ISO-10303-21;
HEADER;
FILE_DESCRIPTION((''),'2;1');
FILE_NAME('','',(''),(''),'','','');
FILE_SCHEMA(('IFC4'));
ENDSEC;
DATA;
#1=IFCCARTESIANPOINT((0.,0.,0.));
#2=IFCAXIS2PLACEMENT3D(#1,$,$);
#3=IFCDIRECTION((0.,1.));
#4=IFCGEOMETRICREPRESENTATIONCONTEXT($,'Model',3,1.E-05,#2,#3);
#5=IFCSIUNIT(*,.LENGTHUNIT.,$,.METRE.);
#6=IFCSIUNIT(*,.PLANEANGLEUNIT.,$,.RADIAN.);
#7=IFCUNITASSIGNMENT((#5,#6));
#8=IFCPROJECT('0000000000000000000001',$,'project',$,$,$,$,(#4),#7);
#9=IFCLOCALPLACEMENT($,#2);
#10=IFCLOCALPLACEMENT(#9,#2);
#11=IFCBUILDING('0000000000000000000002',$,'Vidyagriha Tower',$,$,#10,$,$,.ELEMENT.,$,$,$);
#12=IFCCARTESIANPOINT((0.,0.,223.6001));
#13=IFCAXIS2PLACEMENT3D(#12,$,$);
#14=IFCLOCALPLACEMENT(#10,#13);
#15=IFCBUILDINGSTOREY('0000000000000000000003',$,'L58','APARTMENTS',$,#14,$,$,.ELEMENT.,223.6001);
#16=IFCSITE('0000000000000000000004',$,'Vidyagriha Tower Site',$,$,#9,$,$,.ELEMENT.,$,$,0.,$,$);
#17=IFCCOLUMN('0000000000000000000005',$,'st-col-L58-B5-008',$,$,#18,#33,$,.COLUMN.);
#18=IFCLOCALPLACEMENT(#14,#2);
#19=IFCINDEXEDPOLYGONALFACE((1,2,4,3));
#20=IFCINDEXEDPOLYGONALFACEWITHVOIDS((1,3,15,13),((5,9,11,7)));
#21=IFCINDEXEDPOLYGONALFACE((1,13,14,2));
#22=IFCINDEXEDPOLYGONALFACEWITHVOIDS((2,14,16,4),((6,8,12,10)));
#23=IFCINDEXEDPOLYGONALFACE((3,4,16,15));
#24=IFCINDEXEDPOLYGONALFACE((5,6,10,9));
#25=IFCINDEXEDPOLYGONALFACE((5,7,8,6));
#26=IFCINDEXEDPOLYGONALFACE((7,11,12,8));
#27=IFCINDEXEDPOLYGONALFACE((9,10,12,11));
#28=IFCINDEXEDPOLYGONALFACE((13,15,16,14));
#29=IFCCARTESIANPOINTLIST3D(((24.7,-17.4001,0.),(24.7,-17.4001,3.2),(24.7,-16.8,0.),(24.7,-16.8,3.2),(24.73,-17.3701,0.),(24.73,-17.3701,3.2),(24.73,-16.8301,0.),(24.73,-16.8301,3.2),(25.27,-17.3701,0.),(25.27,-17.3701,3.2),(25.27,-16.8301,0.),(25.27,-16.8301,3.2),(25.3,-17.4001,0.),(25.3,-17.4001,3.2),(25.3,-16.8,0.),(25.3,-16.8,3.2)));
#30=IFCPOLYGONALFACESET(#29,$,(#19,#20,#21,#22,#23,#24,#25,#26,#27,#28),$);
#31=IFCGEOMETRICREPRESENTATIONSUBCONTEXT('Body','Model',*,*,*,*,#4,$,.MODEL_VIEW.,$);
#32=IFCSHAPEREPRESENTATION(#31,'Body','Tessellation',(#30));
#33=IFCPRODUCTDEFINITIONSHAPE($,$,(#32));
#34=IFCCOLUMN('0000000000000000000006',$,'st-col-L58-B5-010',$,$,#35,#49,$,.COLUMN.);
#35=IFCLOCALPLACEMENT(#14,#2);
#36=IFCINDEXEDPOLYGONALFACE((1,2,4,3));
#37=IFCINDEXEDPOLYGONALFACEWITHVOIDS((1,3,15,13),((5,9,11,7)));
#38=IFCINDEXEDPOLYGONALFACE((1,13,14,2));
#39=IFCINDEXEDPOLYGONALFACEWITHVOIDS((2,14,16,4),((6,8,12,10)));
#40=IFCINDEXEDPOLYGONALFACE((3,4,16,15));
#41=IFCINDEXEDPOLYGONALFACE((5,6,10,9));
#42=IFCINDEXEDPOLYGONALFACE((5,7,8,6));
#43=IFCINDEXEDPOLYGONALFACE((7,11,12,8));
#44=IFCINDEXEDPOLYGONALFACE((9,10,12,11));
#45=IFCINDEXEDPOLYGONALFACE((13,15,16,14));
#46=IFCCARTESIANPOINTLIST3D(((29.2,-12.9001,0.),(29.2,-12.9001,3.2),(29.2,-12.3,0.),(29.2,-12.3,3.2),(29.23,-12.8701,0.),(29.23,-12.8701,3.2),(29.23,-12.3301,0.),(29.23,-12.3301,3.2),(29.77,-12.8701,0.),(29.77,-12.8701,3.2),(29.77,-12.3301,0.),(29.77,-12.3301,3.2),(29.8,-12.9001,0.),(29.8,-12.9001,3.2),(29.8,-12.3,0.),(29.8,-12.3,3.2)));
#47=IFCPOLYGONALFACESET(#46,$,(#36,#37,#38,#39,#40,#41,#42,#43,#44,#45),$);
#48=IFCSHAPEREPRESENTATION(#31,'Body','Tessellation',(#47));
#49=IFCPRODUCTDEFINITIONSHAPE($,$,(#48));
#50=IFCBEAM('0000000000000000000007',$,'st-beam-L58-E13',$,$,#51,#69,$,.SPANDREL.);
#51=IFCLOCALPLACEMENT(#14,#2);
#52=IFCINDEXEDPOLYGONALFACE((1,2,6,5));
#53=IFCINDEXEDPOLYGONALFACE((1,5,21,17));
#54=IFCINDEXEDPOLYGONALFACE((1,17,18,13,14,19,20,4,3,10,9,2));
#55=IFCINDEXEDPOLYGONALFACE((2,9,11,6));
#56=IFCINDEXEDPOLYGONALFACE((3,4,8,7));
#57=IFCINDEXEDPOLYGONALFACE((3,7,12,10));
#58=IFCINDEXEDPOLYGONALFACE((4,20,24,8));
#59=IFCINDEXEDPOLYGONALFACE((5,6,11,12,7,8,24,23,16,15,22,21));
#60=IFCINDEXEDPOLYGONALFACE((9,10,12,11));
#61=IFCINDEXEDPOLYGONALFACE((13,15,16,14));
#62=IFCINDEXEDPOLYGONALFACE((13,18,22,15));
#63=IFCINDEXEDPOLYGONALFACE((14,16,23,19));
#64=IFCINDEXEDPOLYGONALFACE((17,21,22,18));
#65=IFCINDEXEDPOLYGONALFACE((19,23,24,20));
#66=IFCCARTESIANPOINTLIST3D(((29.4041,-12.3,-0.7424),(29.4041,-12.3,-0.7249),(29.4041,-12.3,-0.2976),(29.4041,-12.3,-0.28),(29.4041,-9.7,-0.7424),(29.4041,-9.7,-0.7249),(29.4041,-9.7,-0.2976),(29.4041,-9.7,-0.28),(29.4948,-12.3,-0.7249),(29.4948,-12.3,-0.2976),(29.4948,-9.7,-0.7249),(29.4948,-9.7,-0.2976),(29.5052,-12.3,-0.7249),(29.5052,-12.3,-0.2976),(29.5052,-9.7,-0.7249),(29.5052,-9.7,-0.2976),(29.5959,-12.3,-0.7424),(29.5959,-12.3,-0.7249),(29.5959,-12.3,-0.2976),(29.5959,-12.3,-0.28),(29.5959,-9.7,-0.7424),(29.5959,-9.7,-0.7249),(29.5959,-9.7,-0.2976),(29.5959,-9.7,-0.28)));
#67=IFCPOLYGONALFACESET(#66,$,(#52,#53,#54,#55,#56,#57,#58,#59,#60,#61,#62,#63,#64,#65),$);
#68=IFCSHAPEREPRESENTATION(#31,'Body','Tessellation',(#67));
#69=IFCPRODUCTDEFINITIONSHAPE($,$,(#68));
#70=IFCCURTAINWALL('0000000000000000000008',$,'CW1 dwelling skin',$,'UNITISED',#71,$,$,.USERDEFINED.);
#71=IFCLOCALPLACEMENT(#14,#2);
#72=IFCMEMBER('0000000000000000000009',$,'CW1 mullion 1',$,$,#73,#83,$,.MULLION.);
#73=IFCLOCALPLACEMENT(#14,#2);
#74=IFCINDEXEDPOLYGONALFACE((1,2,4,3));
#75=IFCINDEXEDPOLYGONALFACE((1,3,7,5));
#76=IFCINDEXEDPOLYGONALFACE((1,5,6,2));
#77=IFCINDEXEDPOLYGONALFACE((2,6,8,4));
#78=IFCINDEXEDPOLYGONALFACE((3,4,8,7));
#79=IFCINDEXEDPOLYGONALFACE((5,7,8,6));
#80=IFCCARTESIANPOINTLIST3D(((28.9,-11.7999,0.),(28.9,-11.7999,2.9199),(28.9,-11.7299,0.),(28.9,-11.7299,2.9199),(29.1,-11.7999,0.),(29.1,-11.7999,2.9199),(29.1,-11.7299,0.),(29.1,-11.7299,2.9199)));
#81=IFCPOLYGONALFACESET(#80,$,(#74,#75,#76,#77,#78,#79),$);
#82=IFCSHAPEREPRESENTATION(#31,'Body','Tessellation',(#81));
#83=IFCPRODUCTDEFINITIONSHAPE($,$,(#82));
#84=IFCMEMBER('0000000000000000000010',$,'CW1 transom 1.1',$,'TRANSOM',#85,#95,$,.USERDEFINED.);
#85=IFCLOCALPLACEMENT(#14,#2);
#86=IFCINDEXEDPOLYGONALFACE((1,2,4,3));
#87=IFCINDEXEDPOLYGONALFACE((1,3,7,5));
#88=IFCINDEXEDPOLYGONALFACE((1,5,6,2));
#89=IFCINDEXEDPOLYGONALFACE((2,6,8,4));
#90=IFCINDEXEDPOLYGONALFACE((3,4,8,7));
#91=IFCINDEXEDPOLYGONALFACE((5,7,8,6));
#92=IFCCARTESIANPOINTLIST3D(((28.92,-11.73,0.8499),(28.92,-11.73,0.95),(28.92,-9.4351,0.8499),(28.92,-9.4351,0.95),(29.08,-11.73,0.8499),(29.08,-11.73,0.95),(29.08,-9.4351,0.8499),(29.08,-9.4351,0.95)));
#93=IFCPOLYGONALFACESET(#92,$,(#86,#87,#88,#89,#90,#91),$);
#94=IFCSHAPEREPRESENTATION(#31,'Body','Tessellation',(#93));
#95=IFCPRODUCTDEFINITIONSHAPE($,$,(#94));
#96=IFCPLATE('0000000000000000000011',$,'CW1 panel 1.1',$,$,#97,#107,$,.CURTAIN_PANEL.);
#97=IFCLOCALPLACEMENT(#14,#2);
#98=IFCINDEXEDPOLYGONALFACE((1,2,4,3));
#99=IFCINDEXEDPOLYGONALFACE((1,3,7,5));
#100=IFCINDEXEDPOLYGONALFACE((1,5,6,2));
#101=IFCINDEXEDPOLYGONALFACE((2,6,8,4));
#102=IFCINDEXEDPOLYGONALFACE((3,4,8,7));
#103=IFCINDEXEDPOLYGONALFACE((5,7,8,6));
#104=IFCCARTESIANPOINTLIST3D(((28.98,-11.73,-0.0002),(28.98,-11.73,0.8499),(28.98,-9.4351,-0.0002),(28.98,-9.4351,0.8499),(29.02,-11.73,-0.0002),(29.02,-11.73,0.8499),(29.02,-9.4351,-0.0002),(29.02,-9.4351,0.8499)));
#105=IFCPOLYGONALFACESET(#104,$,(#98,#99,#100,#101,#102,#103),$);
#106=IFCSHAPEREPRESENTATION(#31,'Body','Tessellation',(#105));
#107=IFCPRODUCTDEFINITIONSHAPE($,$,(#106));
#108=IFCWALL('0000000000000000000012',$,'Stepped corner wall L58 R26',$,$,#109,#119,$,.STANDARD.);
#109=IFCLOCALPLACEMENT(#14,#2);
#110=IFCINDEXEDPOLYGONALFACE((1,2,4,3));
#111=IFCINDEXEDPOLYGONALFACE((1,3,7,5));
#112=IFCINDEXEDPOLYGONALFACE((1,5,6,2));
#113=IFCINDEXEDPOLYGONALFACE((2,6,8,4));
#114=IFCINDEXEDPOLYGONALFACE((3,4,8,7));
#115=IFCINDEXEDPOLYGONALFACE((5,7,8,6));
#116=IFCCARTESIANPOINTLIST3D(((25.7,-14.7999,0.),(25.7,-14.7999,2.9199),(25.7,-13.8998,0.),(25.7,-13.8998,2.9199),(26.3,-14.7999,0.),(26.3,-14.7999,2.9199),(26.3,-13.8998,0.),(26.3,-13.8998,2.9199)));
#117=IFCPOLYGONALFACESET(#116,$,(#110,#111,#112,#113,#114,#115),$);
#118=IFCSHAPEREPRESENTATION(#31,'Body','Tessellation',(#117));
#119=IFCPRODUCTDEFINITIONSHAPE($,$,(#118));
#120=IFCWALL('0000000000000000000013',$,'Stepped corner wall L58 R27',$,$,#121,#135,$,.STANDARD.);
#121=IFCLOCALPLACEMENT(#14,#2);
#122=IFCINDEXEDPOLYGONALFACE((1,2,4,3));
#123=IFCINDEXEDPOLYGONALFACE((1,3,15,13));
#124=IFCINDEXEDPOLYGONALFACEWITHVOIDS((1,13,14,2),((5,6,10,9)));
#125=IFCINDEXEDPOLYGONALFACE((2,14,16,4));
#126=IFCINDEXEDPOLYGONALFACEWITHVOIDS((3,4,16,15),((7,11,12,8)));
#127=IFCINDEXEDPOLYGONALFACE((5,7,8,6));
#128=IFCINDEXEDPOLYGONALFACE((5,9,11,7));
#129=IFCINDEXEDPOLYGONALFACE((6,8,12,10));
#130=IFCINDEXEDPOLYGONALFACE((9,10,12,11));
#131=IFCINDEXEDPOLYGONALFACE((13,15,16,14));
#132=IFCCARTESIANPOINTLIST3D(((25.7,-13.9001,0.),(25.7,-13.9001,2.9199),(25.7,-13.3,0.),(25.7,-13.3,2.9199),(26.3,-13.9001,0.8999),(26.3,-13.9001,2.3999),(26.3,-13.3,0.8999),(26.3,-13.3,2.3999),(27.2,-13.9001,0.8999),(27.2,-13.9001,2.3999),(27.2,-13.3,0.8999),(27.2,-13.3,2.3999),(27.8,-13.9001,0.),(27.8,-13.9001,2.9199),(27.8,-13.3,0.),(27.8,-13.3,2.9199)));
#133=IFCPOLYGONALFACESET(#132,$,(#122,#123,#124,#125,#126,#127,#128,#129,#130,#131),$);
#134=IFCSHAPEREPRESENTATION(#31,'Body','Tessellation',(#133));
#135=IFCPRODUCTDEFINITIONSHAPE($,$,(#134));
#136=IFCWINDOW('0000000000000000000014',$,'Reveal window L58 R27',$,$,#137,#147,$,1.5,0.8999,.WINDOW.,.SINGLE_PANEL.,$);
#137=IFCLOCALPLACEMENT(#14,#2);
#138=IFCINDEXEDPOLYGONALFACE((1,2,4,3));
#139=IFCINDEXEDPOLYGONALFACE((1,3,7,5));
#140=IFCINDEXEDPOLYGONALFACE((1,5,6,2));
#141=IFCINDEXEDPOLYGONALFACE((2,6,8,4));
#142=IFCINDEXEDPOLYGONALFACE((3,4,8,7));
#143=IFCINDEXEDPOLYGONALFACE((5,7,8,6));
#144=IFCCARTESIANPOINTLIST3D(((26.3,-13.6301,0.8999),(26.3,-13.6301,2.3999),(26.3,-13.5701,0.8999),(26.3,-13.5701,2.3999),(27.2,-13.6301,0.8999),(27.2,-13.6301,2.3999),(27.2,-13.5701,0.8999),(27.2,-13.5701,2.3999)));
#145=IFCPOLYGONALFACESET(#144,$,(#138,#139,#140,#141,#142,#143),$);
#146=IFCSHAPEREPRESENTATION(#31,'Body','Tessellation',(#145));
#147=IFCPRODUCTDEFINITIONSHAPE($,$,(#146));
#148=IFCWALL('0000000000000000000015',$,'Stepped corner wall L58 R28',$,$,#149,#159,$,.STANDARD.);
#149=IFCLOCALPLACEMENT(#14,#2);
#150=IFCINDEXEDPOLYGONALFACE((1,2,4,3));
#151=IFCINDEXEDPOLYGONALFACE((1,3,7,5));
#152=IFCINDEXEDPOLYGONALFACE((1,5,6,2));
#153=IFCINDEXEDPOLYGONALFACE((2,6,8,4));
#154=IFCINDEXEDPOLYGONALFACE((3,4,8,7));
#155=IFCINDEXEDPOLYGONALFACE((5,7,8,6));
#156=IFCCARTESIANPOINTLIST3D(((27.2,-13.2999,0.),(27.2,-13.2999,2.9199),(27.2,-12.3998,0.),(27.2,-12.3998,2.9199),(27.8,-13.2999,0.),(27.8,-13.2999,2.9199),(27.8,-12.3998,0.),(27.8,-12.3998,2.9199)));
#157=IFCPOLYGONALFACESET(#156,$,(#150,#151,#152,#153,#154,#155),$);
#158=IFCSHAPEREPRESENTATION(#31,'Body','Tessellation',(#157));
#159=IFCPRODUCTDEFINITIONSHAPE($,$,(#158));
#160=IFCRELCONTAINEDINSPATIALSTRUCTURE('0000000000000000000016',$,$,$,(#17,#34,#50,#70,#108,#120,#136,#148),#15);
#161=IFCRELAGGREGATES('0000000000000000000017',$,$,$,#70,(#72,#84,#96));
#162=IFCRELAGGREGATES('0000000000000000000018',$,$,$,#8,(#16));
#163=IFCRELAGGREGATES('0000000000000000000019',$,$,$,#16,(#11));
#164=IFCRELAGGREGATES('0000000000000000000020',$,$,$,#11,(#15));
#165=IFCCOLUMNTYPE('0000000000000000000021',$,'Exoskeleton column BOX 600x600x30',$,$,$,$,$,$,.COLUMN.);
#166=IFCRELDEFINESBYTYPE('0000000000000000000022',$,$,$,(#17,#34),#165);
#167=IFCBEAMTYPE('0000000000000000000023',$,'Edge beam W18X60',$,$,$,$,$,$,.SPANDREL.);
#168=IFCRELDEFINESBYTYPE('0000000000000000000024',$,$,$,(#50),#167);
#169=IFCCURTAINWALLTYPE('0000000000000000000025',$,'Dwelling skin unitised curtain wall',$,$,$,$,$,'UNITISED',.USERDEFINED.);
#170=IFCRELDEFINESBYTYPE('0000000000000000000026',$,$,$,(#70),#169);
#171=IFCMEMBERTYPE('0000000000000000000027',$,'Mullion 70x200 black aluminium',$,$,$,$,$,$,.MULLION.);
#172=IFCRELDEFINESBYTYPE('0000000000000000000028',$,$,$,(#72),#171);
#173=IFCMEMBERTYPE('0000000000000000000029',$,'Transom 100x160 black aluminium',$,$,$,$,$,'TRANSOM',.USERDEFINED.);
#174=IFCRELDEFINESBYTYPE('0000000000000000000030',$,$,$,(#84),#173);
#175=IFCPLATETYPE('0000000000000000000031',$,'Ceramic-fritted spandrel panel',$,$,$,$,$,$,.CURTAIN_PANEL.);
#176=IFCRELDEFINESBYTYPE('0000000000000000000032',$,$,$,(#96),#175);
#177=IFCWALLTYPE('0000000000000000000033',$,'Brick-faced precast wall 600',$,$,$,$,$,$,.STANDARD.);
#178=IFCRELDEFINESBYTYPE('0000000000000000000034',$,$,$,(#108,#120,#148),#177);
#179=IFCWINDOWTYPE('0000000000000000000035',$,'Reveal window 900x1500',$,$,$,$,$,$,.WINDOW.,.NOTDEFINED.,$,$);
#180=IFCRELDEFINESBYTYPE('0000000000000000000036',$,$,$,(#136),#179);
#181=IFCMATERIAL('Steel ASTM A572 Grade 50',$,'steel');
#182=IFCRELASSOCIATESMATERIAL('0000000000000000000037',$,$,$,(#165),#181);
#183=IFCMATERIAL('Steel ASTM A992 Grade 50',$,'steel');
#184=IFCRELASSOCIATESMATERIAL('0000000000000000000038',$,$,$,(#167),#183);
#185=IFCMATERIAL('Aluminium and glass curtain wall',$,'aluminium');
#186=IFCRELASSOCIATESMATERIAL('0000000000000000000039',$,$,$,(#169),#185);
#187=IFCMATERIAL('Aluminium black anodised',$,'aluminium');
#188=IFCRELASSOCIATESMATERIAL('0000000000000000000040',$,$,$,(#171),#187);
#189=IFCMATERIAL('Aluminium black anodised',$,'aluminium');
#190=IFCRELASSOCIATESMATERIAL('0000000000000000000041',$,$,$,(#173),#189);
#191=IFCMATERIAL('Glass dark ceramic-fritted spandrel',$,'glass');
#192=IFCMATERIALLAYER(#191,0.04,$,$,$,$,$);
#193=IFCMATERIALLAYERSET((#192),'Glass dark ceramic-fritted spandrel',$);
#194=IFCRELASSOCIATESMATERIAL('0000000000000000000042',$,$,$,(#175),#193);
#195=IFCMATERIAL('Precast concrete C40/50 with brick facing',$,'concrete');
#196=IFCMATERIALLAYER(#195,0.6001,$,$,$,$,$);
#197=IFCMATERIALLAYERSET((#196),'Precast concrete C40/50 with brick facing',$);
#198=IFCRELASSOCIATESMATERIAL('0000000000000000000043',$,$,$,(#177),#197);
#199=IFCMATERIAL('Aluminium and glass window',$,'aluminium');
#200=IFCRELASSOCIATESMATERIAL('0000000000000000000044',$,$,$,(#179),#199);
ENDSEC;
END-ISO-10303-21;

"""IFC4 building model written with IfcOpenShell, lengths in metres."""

from ifc_helpers import new_model, si_unit, direction, frame, frame_2d, origin, origin_2d, place, context, subcontext, project, spatial, rectangle, hollow_rectangle, i_section, extrude, material, layer, layer_set, material_profile, profile_set, type_object, element, fill, aggregate, save


model = new_model("IFC4")

# Units and contexts
model_context = context("Model", 3, precision=1e-05, world=origin(), true_north=direction((0.0, 1.0)))
body_context = subcontext(model_context, "Body", "Model", "MODEL_VIEW")
ifc_project = project(units=[si_unit("LENGTHUNIT", "METRE"), si_unit("PLANEANGLEUNIT", "RADIAN")], contexts=[model_context])

# Site, building, storey
site_placement = place(None, origin())
site = spatial("IfcSite", under=ifc_project, at=site_placement, Name="Vidyagriha Tower Site", CompositionType="ELEMENT", RefElevation=0.0)
building_placement = place(site_placement, origin())
building = spatial("IfcBuilding", under=site, at=building_placement, Name="Vidyagriha Tower", CompositionType="ELEMENT")
storey_placement = place(building_placement, frame((0.0, 0.0, 223.6001)))
storey = spatial("IfcBuildingStorey", under=building, at=storey_placement, Name="L58", Description="APARTMENTS", CompositionType="ELEMENT", Elevation=223.6001)

# Columns
ifc_material_1 = material(Name="Steel ASTM A572 Grade 50", Category="steel")
ifc_material_profile_1 = material_profile(ifc_material_1, hollow_rectangle(XDim=0.6001, YDim=0.6001, WallThickness=0.03, at=origin_2d()), Name="BOX 600x600x30")
ifc_profile_set_1 = profile_set([ifc_material_profile_1], Name="Steel ASTM A572 Grade 50")
column_type = type_object("IfcColumnType", Name="Exoskeleton column BOX 600x600x30", PredefinedType="COLUMN", material=ifc_profile_set_1)
for number, where, name in (
    (1, (25.0, -17.1001, 0.0), "st-col-L58-B5-008"),
    (2, (29.5, -12.6001, 0.0), "st-col-L58-B5-010"),
):
    element("IfcColumn", number, at=place(storey_placement, frame(where)), inside=storey, type_object=column_type, Name=name, PredefinedType="COLUMN", context=body_context, shape_type="SweptSolid", body=[
        extrude(hollow_rectangle(XDim=0.6001, YDim=0.6001, WallThickness=0.03, at=origin_2d()), origin(), (0.0, 0.0, 1.0), 3.2),
    ])

# Beam
ifc_material_2 = material(Name="Steel ASTM A992 Grade 50", Category="steel")
ifc_material_profile_2 = material_profile(ifc_material_2, i_section(OverallWidth=0.1919, OverallDepth=0.4624, WebThickness=0.0105, FlangeThickness=0.0176, at=origin_2d()), Name="W18X60")
ifc_profile_set_2 = profile_set([ifc_material_profile_2], Name="Steel ASTM A992 Grade 50")
beam_type = type_object("IfcBeamType", Name="Edge beam W18X60", PredefinedType="SPANDREL", material=ifc_profile_set_2)
beam_placement = place(storey_placement, frame((29.5, -12.3, -0.5112), z_axis=(0.0, 1.0, 0.0), x_axis=(-1.0, 0.0, 0.0)))
element("IfcBeam", 3, at=beam_placement, inside=storey, type_object=beam_type, Name="st-beam-L58-E13", PredefinedType="SPANDREL", context=body_context, shape_type="SweptSolid", body=[
    extrude(i_section(OverallWidth=0.1919, OverallDepth=0.4624, WebThickness=0.0105, FlangeThickness=0.0176, at=origin_2d()), origin(), (0.0, 0.0, 1.0), 2.6001),
])

# Curtain wall, members, plate
ifc_material_3 = material(Name="Aluminium and glass curtain wall", Category="aluminium")
curtain_wall_type = type_object("IfcCurtainWallType", Name="Dwelling skin unitised curtain wall", ElementType="UNITISED", PredefinedType="USERDEFINED", material=ifc_material_3)
curtain_wall_placement = place(storey_placement, origin())
curtain_wall = element("IfcCurtainWall", 4, at=curtain_wall_placement, inside=storey, type_object=curtain_wall_type, Name="CW1 dwelling skin", ObjectType="UNITISED", PredefinedType="USERDEFINED")
ifc_material_4 = material(Name="Aluminium black anodised", Category="aluminium")
ifc_material_profile_3 = material_profile(ifc_material_4, rectangle(XDim=0.2, YDim=0.0701, at=origin_2d()), Name="Mullion 70x200 black aluminium")
ifc_profile_set_3 = profile_set([ifc_material_profile_3], Name="Aluminium black anodised")
member_type_1 = type_object("IfcMemberType", Name="Mullion 70x200 black aluminium", PredefinedType="MULLION", material=ifc_profile_set_3)
member_1_placement = place(storey_placement, frame((29.0, -11.7649, 0.0), z_axis=(0.0, 0.0, 1.0), x_axis=(-1.0, 0.0, 0.0)))
member_1 = element("IfcMember", 5, at=member_1_placement, type_object=member_type_1, Name="CW1 mullion 1", PredefinedType="MULLION", context=body_context, shape_type="SweptSolid", body=[
    extrude(rectangle(XDim=0.2, YDim=0.0701, at=origin_2d()), origin(), (0.0, 0.0, 1.0), 2.9199),
])
ifc_material_5 = material(Name="Aluminium black anodised", Category="aluminium")
ifc_material_profile_4 = material_profile(ifc_material_5, rectangle(XDim=0.1599, YDim=0.1001, at=origin_2d()), Name="Transom 100x160 black aluminium")
ifc_profile_set_4 = profile_set([ifc_material_profile_4], Name="Aluminium black anodised")
member_type_2 = type_object("IfcMemberType", Name="Transom 100x160 black aluminium", ElementType="TRANSOM", PredefinedType="USERDEFINED", material=ifc_profile_set_4)
member_2_placement = place(storey_placement, frame((29.0, -11.73, 0.8999), z_axis=(0.0, 1.0, 0.0), x_axis=(-1.0, 0.0, 0.0)))
member_2 = element("IfcMember", 6, at=member_2_placement, type_object=member_type_2, Name="CW1 transom 1.1", ObjectType="TRANSOM", PredefinedType="USERDEFINED", context=body_context, shape_type="SweptSolid", body=[
    extrude(rectangle(XDim=0.1599, YDim=0.1001, at=origin_2d()), origin(), (0.0, 0.0, 1.0), 2.2949),
])
ifc_material_6 = material(Name="Glass dark ceramic-fritted spandrel", Category="glass")
ifc_layer_1 = layer(ifc_material_6, 0.04)
ifc_layer_set_1 = layer_set([ifc_layer_1], Name="Glass dark ceramic-fritted spandrel")
plate_type = type_object("IfcPlateType", Name="Ceramic-fritted spandrel panel", PredefinedType="CURTAIN_PANEL", material=ifc_layer_set_1)
plate_placement = place(storey_placement, frame((29.0, -10.5825, -0.0002), z_axis=(0.0, 0.0, 1.0), x_axis=(0.0, 1.0, 0.0)))
plate = element("IfcPlate", 7, at=plate_placement, type_object=plate_type, Name="CW1 panel 1.1", PredefinedType="CURTAIN_PANEL", context=body_context, shape_type="SweptSolid", body=[
    extrude(rectangle(XDim=2.2949, YDim=0.04, at=origin_2d()), origin(), (0.0, 0.0, 1.0), 0.8501),
])
aggregate(curtain_wall, [member_1, member_2, plate])

# Wall
ifc_material_7 = material(Name="Precast concrete C40/50 with brick facing", Category="concrete")
ifc_layer_2 = layer(ifc_material_7, 0.6001)
ifc_layer_set_2 = layer_set([ifc_layer_2], Name="Precast concrete C40/50 with brick facing")
wall_type_1 = type_object("IfcWallType", Name="Brick-faced precast wall 600", PredefinedType="STANDARD", material=ifc_layer_set_2)
wall_1_placement = place(storey_placement, frame((26.0, -14.8, 0.0), z_axis=(0.0, 0.0, 1.0), x_axis=(0.0, 1.0, 0.0)))
element("IfcWall", 8, at=wall_1_placement, inside=storey, type_object=wall_type_1, Name="Stepped corner wall L58 R26", PredefinedType="STANDARD", context=body_context, shape_type="SweptSolid", body=[
    extrude(rectangle(XDim=0.9001, YDim=0.6001, at=frame_2d((0.4502, 0.0))), origin(), (0.0, 0.0, 1.0), 2.9199),
])

# Wall, opening, window
wall_2_placement = place(storey_placement, frame((25.7, -13.6001, 0.0)))
wall_2 = element("IfcWall", 9, at=wall_2_placement, inside=storey, type_object=wall_type_1, Name="Stepped corner wall L58 R27", PredefinedType="STANDARD", context=body_context, shape_type="SweptSolid", body=[
    extrude(rectangle(XDim=2.1001, YDim=0.6001, at=frame_2d((1.05, 0.0))), origin(), (0.0, 0.0, 1.0), 2.9199),
])
opening_1_placement = place(wall_2_placement, frame((0.6001, 0.0, 0.8999)))
opening_1 = element("IfcOpeningElement", 10, at=opening_1_placement, cuts=wall_2, PredefinedType="OPENING", context=body_context, shape_type="SweptSolid", body=[
    extrude(rectangle(XDim=0.8999, YDim=1.5, at=frame_2d((0.45, 0.75))), frame((0.0, 0.3101, 0.0), z_axis=(0.0, -1.0, 0.0), x_axis=(1.0, 0.0, 0.0)), (0.0, 0.0, 1.0), 0.6201),
])
ifc_material_8 = material(Name="Aluminium and glass window", Category="aluminium")
window_type = type_object("IfcWindowType", Name="Reveal window 900x1500", PartitioningType="NOTDEFINED", PredefinedType="WINDOW", material=ifc_material_8)
window_1_placement = place(opening_1_placement, origin())
window_1 = element("IfcWindow", 11, at=window_1_placement, inside=storey, type_object=window_type, Name="Reveal window L58 R27", OverallHeight=1.5, OverallWidth=0.8999, PartitioningType="SINGLE_PANEL", PredefinedType="WINDOW", context=body_context, shape_type="SweptSolid", body=[
    extrude(rectangle(XDim=0.8999, YDim=1.5, at=frame_2d((0.45, 0.75))), frame((0.0, 0.03, 0.0), z_axis=(0.0, -1.0, 0.0), x_axis=(1.0, 0.0, 0.0)), (0.0, 0.0, 1.0), 0.0601),
])
fill(opening_1, window_1)

# Wall
wall_3_placement = place(storey_placement, frame((27.5, -13.3, 0.0), z_axis=(0.0, 0.0, 1.0), x_axis=(0.0, 1.0, 0.0)))
element("IfcWall", 12, at=wall_3_placement, inside=storey, type_object=wall_type_1, Name="Stepped corner wall L58 R28", PredefinedType="STANDARD", context=body_context, shape_type="SweptSolid", body=[
    extrude(rectangle(XDim=0.9001, YDim=0.6001, at=frame_2d((0.4502, 0.0))), origin(), (0.0, 0.0, 1.0), 2.9199),
])

save(model, "model.ifc")
